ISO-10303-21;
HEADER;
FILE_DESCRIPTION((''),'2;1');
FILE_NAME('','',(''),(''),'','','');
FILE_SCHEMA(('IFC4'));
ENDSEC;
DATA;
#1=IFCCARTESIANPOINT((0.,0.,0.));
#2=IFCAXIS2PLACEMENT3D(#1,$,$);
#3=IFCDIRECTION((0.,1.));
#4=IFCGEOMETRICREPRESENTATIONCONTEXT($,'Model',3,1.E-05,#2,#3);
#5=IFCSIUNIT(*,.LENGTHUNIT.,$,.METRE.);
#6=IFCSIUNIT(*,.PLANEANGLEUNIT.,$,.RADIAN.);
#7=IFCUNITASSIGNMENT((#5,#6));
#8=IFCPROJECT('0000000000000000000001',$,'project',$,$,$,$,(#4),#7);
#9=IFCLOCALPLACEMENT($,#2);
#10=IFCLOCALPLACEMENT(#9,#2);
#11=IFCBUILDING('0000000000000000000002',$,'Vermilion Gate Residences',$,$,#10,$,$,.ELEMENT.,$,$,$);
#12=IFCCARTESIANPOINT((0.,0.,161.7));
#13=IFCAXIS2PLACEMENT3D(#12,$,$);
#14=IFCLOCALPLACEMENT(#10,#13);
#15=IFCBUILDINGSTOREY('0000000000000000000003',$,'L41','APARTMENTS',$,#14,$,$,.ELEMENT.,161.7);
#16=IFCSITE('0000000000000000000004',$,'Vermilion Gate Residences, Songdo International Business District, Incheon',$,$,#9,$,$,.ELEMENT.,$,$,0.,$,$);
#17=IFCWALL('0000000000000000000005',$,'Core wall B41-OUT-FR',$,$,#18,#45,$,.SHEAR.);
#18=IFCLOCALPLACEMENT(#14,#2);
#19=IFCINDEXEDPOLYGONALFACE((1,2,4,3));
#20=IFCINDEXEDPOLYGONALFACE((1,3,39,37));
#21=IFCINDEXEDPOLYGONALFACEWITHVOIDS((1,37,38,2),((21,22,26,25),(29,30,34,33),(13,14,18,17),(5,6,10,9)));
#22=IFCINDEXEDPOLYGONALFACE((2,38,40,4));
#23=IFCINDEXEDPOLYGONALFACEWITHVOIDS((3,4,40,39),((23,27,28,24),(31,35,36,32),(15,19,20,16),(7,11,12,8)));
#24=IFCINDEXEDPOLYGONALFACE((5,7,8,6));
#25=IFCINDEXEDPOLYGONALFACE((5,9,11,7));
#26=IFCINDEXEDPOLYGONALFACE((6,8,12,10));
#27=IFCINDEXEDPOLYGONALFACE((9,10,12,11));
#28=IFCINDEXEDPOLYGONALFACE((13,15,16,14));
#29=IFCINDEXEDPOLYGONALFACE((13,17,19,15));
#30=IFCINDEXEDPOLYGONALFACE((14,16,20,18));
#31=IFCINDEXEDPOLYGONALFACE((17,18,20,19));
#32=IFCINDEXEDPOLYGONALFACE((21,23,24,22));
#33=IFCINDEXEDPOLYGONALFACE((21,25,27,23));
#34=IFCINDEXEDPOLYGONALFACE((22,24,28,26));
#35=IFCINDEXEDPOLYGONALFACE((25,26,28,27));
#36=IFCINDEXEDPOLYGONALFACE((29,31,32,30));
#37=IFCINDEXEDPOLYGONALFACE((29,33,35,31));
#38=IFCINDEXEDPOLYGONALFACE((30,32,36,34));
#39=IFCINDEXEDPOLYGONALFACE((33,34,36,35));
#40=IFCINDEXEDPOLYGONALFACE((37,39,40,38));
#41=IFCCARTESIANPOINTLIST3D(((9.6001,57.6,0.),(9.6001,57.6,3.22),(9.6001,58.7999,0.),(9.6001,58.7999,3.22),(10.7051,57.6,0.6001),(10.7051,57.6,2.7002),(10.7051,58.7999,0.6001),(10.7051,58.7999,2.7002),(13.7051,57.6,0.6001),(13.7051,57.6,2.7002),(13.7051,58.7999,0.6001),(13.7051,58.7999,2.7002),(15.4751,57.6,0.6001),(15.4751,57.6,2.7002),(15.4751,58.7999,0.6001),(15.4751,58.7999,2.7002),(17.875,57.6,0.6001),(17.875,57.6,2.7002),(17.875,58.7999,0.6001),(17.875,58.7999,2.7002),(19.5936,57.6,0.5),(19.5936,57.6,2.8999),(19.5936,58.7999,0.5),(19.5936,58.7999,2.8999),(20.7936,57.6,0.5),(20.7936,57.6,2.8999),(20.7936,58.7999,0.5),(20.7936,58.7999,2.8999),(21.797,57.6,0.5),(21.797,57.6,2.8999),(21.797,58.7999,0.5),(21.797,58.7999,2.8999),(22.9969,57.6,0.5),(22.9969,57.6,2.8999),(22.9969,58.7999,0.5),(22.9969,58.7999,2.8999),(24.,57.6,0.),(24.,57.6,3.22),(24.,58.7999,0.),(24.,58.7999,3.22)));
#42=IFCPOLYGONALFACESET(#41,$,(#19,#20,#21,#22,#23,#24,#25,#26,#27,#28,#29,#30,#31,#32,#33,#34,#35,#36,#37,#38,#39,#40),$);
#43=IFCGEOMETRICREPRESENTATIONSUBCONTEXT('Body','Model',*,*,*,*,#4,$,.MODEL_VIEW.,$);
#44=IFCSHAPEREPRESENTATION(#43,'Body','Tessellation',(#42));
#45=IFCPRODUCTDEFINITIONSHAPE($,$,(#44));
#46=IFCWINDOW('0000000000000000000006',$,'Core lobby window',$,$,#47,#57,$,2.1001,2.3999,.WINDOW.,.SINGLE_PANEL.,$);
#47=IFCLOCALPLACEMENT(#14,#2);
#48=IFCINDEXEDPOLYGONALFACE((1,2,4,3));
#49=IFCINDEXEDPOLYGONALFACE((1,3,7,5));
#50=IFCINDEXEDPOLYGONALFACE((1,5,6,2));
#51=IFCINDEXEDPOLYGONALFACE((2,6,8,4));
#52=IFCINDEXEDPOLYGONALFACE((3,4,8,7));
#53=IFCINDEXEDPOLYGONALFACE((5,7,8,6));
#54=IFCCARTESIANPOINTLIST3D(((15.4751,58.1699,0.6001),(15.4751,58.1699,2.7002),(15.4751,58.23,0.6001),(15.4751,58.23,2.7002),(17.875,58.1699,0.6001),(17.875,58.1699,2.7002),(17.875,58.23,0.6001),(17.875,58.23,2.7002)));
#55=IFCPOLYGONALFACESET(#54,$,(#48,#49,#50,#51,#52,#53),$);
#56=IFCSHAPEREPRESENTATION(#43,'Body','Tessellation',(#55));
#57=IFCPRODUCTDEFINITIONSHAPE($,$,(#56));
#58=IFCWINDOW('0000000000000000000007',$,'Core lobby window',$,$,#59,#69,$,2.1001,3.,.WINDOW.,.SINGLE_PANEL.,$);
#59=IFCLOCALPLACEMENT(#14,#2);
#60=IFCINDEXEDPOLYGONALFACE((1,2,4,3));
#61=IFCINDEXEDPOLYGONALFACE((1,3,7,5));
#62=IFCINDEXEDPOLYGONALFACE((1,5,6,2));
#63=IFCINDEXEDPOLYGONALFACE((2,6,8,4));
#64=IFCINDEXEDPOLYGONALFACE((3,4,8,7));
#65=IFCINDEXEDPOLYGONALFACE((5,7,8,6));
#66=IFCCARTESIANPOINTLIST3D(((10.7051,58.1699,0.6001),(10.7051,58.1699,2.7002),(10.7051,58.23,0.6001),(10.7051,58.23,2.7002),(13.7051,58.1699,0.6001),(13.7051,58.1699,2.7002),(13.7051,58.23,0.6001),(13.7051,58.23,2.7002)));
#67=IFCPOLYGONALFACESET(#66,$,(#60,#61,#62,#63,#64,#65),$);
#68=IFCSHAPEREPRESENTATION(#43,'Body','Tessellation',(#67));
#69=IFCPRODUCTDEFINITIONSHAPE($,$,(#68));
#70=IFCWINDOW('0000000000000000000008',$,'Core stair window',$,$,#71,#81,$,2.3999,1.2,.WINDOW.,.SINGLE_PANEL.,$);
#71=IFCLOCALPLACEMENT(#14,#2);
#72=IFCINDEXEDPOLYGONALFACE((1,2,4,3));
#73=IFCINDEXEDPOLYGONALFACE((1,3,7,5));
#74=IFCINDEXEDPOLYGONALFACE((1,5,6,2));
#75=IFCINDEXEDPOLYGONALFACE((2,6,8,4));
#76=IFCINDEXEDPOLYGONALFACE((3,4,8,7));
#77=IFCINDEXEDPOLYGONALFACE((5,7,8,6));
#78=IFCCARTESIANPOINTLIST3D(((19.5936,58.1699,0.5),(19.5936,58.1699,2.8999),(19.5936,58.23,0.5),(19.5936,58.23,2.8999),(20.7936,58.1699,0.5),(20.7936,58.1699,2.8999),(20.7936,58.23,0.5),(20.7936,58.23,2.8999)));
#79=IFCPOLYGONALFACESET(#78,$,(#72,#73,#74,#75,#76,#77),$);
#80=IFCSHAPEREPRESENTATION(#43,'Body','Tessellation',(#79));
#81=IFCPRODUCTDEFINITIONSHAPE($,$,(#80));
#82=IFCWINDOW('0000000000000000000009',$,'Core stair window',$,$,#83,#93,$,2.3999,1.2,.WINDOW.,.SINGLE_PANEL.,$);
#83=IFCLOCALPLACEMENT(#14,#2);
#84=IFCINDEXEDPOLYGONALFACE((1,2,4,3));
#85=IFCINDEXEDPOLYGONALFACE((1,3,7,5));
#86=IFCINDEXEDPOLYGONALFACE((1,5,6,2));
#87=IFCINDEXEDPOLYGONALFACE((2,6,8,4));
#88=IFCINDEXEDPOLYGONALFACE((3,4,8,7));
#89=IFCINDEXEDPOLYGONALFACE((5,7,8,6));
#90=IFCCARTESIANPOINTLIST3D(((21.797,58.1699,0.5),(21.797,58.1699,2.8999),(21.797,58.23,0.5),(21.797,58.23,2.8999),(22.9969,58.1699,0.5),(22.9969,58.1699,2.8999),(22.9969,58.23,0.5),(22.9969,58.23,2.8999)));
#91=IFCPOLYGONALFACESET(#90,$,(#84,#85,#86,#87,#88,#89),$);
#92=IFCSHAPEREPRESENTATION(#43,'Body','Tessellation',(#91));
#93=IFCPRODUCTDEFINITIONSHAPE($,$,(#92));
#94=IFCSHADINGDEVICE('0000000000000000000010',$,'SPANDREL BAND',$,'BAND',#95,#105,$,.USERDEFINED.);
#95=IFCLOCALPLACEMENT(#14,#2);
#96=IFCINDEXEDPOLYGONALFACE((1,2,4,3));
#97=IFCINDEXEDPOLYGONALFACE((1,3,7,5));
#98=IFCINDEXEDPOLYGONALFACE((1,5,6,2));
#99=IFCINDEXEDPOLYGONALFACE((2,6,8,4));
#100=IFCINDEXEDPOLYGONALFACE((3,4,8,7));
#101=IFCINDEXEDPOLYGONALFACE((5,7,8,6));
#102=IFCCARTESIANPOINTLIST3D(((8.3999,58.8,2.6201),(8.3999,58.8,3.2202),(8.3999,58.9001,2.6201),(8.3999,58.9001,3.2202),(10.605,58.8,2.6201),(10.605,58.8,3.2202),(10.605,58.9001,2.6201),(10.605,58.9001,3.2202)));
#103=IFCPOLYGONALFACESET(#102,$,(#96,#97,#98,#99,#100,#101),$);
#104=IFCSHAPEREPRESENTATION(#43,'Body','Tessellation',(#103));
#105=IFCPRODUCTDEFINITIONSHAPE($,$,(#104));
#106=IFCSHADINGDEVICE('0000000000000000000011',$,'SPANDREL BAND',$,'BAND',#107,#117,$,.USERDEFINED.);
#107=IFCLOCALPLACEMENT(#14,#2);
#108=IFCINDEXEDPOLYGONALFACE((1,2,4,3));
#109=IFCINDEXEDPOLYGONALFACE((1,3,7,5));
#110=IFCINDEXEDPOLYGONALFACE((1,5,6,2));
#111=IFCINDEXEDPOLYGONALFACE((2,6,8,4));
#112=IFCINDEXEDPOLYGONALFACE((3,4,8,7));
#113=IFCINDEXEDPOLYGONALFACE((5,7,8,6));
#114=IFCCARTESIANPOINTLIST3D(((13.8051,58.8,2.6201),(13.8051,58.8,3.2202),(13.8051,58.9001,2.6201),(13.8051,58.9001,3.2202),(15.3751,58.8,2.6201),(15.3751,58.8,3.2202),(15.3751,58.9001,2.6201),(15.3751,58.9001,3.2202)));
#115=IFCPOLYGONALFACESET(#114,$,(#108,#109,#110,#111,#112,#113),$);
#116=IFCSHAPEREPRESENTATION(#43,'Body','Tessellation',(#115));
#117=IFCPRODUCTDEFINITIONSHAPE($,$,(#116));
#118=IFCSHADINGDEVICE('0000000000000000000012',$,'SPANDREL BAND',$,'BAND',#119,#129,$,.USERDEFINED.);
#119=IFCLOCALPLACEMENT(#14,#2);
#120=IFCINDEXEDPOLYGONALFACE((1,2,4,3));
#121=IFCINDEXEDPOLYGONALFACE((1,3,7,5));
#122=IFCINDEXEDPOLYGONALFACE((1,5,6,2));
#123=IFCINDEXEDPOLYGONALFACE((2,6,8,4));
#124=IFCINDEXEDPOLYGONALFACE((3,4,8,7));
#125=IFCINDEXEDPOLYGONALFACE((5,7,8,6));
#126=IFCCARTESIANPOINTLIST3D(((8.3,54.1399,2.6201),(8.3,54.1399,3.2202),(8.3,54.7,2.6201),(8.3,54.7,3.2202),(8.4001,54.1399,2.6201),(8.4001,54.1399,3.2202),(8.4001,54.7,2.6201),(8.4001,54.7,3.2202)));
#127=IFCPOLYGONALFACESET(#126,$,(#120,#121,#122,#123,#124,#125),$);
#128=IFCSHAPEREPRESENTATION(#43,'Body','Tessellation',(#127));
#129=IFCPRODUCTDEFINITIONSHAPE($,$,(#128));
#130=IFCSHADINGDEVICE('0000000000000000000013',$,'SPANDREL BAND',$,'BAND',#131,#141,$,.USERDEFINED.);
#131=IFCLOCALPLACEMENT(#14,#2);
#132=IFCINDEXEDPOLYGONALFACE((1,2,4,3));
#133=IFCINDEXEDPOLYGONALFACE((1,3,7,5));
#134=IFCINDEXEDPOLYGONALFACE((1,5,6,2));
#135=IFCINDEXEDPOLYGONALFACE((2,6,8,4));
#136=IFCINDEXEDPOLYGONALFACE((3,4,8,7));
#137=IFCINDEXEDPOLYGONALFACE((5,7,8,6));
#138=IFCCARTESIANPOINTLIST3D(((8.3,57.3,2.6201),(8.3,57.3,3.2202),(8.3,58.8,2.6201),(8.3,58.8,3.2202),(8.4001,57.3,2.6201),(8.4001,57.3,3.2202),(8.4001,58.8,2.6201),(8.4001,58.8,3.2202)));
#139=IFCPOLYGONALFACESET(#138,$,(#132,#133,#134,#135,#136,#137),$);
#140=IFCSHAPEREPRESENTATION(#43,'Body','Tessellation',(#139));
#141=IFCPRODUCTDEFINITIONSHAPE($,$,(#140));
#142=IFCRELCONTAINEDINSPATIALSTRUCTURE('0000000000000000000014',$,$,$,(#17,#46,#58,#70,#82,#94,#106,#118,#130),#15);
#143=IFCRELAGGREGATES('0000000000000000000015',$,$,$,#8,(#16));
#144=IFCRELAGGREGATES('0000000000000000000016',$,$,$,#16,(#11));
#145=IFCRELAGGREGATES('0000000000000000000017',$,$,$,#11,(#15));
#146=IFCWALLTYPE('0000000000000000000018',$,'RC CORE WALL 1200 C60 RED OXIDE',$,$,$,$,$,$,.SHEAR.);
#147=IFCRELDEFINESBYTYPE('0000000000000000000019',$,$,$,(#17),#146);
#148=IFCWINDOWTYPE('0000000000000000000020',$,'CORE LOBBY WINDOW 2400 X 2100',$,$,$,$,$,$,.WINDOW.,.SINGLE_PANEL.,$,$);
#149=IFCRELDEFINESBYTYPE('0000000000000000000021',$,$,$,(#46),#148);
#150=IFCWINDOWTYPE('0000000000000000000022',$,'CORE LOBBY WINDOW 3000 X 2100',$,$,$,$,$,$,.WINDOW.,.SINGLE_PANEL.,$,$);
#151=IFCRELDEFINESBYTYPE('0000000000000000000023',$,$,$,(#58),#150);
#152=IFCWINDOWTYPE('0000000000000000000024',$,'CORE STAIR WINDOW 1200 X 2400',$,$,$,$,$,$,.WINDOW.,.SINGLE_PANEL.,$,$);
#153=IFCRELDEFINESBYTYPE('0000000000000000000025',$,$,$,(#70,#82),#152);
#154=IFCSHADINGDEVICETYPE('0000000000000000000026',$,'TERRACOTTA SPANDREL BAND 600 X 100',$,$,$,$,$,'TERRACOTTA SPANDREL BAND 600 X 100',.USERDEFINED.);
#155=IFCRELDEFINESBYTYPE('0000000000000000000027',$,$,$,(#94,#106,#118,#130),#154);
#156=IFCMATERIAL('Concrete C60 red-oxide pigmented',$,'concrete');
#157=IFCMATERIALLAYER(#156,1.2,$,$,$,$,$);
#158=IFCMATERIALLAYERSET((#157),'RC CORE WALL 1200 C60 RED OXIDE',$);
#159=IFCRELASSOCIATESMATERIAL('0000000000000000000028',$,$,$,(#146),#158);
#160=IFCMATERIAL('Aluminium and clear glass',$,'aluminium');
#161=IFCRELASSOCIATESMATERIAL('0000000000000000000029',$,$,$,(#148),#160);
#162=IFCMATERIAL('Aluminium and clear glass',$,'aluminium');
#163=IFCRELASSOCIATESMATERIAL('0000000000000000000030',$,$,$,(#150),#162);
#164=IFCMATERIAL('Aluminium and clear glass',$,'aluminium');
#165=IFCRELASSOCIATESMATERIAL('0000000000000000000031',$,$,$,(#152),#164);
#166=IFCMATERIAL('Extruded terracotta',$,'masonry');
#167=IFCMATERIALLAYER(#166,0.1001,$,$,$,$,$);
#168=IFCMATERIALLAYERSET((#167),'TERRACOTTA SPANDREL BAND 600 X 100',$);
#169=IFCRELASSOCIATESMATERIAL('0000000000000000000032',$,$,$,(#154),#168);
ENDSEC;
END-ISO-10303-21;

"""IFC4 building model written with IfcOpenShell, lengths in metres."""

from ifc_helpers import new_model, si_unit, direction, frame, frame_2d, origin, origin_2d, place, context, subcontext, project, spatial, rectangle, extrude, material, layer, layer_set, type_object, element, fill, save


model = new_model("IFC4")

# Units and contexts
model_context = context("Model", 3, precision=1e-05, world=origin(), true_north=direction((0.0, 1.0)))
body_context = subcontext(model_context, "Body", "Model", "MODEL_VIEW")
ifc_project = project(units=[si_unit("LENGTHUNIT", "METRE"), si_unit("PLANEANGLEUNIT", "RADIAN")], contexts=[model_context])

# Site, building, storey
site_placement = place(None, origin())
site = spatial("IfcSite", under=ifc_project, at=site_placement, Name="Vermilion Gate Residences, Songdo International Business District, Incheon", CompositionType="ELEMENT", RefElevation=0.0)
building_placement = place(site_placement, origin())
building = spatial("IfcBuilding", under=site, at=building_placement, Name="Vermilion Gate Residences", CompositionType="ELEMENT")
storey_placement = place(building_placement, frame((0.0, 0.0, 161.7)))
storey = spatial("IfcBuildingStorey", under=building, at=storey_placement, Name="L41", Description="APARTMENTS", CompositionType="ELEMENT", Elevation=161.7)

# Wall, openings, windows
ifc_material_1 = material(Name="Concrete C60 red-oxide pigmented", Category="concrete")
ifc_layer_1 = layer(ifc_material_1, 1.2)
ifc_layer_set_1 = layer_set([ifc_layer_1], Name="RC CORE WALL 1200 C60 RED OXIDE")
wall_type_1 = type_object("IfcWallType", Name="RC CORE WALL 1200 C60 RED OXIDE", PredefinedType="SHEAR", material=ifc_layer_set_1)
ifc_material_2 = material(Name="Aluminium and clear glass", Category="aluminium")
window_type_1 = type_object("IfcWindowType", Name="CORE LOBBY WINDOW 2400 X 2100", PartitioningType="SINGLE_PANEL", PredefinedType="WINDOW", material=ifc_material_2)
wall_1_placement = place(storey_placement, frame((9.6001, 58.2, 0.0), z_axis=(0.0, 0.0, 1.0), x_axis=(1.0, 0.0, 0.0)))
wall_1 = element("IfcWall", 1, at=wall_1_placement, inside=storey, type_object=wall_type_1, Name="Core wall B41-OUT-FR", PredefinedType="SHEAR", context=body_context, shape_type="SweptSolid", body=[
    extrude(rectangle(XDim=14.3999, YDim=1.2, at=frame_2d((7.2, 0.0))), origin(), (0.0, 0.0, 1.0), 3.22),
])
opening_1_placement = place(wall_1_placement, frame((1.105, 0.0, 0.6001)))
opening_1 = element("IfcOpeningElement", 2, at=opening_1_placement, cuts=wall_1, PredefinedType="OPENING", context=body_context, shape_type="SweptSolid", body=[
    extrude(rectangle(XDim=3.0, YDim=2.1001, at=frame_2d((1.5, 1.05))), frame((0.0, 0.6099, 0.0), z_axis=(0.0, -1.0, 0.0), x_axis=(1.0, 0.0, 0.0)), (0.0, 0.0, 1.0), 1.22),
])
opening_2_placement = place(wall_1_placement, frame((5.875, 0.0, 0.6001)))
opening_2 = element("IfcOpeningElement", 3, at=opening_2_placement, cuts=wall_1, PredefinedType="OPENING", context=body_context, shape_type="SweptSolid", body=[
    extrude(rectangle(XDim=2.3999, YDim=2.1001, at=frame_2d((1.2, 1.05))), frame((0.0, 0.6099, 0.0), z_axis=(0.0, -1.0, 0.0), x_axis=(1.0, 0.0, 0.0)), (0.0, 0.0, 1.0), 1.22),
])
opening_3_placement = place(wall_1_placement, frame((9.9934, 0.0, 0.5)))
opening_3 = element("IfcOpeningElement", 4, at=opening_3_placement, cuts=wall_1, PredefinedType="OPENING", context=body_context, shape_type="SweptSolid", body=[
    extrude(rectangle(XDim=1.2, YDim=2.3999, at=frame_2d((0.6001, 1.2))), frame((0.0, 0.6099, 0.0), z_axis=(0.0, -1.0, 0.0), x_axis=(1.0, 0.0, 0.0)), (0.0, 0.0, 1.0), 1.22),
])
opening_4_placement = place(wall_1_placement, frame((12.1968, 0.0, 0.5)))
opening_4 = element("IfcOpeningElement", 5, at=opening_4_placement, cuts=wall_1, PredefinedType="OPENING", context=body_context, shape_type="SweptSolid", body=[
    extrude(rectangle(XDim=1.2, YDim=2.3999, at=frame_2d((0.6001, 1.2))), frame((0.0, 0.6099, 0.0), z_axis=(0.0, -1.0, 0.0), x_axis=(1.0, 0.0, 0.0)), (0.0, 0.0, 1.0), 1.22),
])
window_1_placement = place(opening_2_placement, origin())
window_1 = element("IfcWindow", 6, at=window_1_placement, inside=storey, type_object=window_type_1, Name="Core lobby window", OverallHeight=2.1001, OverallWidth=2.3999, PartitioningType="SINGLE_PANEL", PredefinedType="WINDOW", context=body_context, shape_type="SweptSolid", body=[
    extrude(rectangle(XDim=2.3999, YDim=2.1001, at=frame_2d((1.2, 1.05))), frame((0.0, 0.03, 0.0), z_axis=(0.0, -1.0, 0.0), x_axis=(1.0, 0.0, 0.0)), (0.0, 0.0, 1.0), 0.0601),
])
fill(opening_2, window_1)
ifc_material_3 = material(Name="Aluminium and clear glass", Category="aluminium")
window_type_2 = type_object("IfcWindowType", Name="CORE LOBBY WINDOW 3000 X 2100", PartitioningType="SINGLE_PANEL", PredefinedType="WINDOW", material=ifc_material_3)
window_2_placement = place(opening_1_placement, origin())
window_2 = element("IfcWindow", 7, at=window_2_placement, inside=storey, type_object=window_type_2, Name="Core lobby window", OverallHeight=2.1001, OverallWidth=3.0, PartitioningType="SINGLE_PANEL", PredefinedType="WINDOW", context=body_context, shape_type="SweptSolid", body=[
    extrude(rectangle(XDim=3.0, YDim=2.1001, at=frame_2d((1.5, 1.05))), frame((0.0, 0.03, 0.0), z_axis=(0.0, -1.0, 0.0), x_axis=(1.0, 0.0, 0.0)), (0.0, 0.0, 1.0), 0.0601),
])
fill(opening_1, window_2)
ifc_material_4 = material(Name="Aluminium and clear glass", Category="aluminium")
window_type_3 = type_object("IfcWindowType", Name="CORE STAIR WINDOW 1200 X 2400", PartitioningType="SINGLE_PANEL", PredefinedType="WINDOW", material=ifc_material_4)
window_3_placement = place(opening_3_placement, origin())
window_3 = element("IfcWindow", 8, at=window_3_placement, inside=storey, type_object=window_type_3, Name="Core stair window", OverallHeight=2.3999, OverallWidth=1.2, PartitioningType="SINGLE_PANEL", PredefinedType="WINDOW", context=body_context, shape_type="SweptSolid", body=[
    extrude(rectangle(XDim=1.2, YDim=2.3999, at=frame_2d((0.6001, 1.2))), frame((0.0, 0.03, 0.0), z_axis=(0.0, -1.0, 0.0), x_axis=(1.0, 0.0, 0.0)), (0.0, 0.0, 1.0), 0.0601),
])
fill(opening_3, window_3)
window_4_placement = place(opening_4_placement, origin())
window_4 = element("IfcWindow", 9, at=window_4_placement, inside=storey, type_object=window_type_3, Name="Core stair window", OverallHeight=2.3999, OverallWidth=1.2, PartitioningType="SINGLE_PANEL", PredefinedType="WINDOW", context=body_context, shape_type="SweptSolid", body=[
    extrude(rectangle(XDim=1.2, YDim=2.3999, at=frame_2d((0.6001, 1.2))), frame((0.0, 0.03, 0.0), z_axis=(0.0, -1.0, 0.0), x_axis=(1.0, 0.0, 0.0)), (0.0, 0.0, 1.0), 0.0601),
])
fill(opening_4, window_4)

# Shading devices
ifc_material_5 = material(Name="Extruded terracotta", Category="masonry")
ifc_layer_2 = layer(ifc_material_5, 0.1001)
ifc_layer_set_2 = layer_set([ifc_layer_2], Name="TERRACOTTA SPANDREL BAND 600 X 100")
shading_device_type = type_object("IfcShadingDeviceType", Name="TERRACOTTA SPANDREL BAND 600 X 100", ElementType="TERRACOTTA SPANDREL BAND 600 X 100", PredefinedType="USERDEFINED", material=ifc_layer_set_2)
shading_device_1_placement = place(storey_placement, frame((9.5024, 58.8501, 2.6201), z_axis=(0.0, 0.0, 1.0), x_axis=(1.0, 0.0, 0.0)))
element("IfcShadingDevice", 10, at=shading_device_1_placement, inside=storey, type_object=shading_device_type, Name="SPANDREL BAND", ObjectType="BAND", PredefinedType="USERDEFINED", context=body_context, shape_type="SweptSolid", body=[
    extrude(rectangle(XDim=2.2051, YDim=0.1001, at=origin_2d()), origin(), (0.0, 0.0, 1.0), 0.6001),
])
shading_device_2_placement = place(storey_placement, frame((14.5901, 58.8501, 2.6201), z_axis=(0.0, 0.0, 1.0), x_axis=(1.0, 0.0, 0.0)))
element("IfcShadingDevice", 11, at=shading_device_2_placement, inside=storey, type_object=shading_device_type, Name="SPANDREL BAND", ObjectType="BAND", PredefinedType="USERDEFINED", context=body_context, shape_type="SweptSolid", body=[
    extrude(rectangle(XDim=1.5701, YDim=0.1001, at=origin_2d()), origin(), (0.0, 0.0, 1.0), 0.6001),
])
shading_device_3_placement = place(storey_placement, frame((8.3501, 54.4199, 2.6201), z_axis=(0.0, 0.0, 1.0), x_axis=(0.0, 1.0, 0.0)))
element("IfcShadingDevice", 12, at=shading_device_3_placement, inside=storey, type_object=shading_device_type, Name="SPANDREL BAND", ObjectType="BAND", PredefinedType="USERDEFINED", context=body_context, shape_type="SweptSolid", body=[
    extrude(rectangle(XDim=0.5601, YDim=0.1001, at=origin_2d()), origin(), (0.0, 0.0, 1.0), 0.6001),
])
shading_device_4_placement = place(storey_placement, frame((8.3501, 58.05, 2.6201), z_axis=(0.0, 0.0, 1.0), x_axis=(0.0, 1.0, 0.0)))
element("IfcShadingDevice", 13, at=shading_device_4_placement, inside=storey, type_object=shading_device_type, Name="SPANDREL BAND", ObjectType="BAND", PredefinedType="USERDEFINED", context=body_context, shape_type="SweptSolid", body=[
    extrude(rectangle(XDim=1.5, YDim=0.1001, at=origin_2d()), origin(), (0.0, 0.0, 1.0), 0.6001),
])

save(model, "model.ifc")
